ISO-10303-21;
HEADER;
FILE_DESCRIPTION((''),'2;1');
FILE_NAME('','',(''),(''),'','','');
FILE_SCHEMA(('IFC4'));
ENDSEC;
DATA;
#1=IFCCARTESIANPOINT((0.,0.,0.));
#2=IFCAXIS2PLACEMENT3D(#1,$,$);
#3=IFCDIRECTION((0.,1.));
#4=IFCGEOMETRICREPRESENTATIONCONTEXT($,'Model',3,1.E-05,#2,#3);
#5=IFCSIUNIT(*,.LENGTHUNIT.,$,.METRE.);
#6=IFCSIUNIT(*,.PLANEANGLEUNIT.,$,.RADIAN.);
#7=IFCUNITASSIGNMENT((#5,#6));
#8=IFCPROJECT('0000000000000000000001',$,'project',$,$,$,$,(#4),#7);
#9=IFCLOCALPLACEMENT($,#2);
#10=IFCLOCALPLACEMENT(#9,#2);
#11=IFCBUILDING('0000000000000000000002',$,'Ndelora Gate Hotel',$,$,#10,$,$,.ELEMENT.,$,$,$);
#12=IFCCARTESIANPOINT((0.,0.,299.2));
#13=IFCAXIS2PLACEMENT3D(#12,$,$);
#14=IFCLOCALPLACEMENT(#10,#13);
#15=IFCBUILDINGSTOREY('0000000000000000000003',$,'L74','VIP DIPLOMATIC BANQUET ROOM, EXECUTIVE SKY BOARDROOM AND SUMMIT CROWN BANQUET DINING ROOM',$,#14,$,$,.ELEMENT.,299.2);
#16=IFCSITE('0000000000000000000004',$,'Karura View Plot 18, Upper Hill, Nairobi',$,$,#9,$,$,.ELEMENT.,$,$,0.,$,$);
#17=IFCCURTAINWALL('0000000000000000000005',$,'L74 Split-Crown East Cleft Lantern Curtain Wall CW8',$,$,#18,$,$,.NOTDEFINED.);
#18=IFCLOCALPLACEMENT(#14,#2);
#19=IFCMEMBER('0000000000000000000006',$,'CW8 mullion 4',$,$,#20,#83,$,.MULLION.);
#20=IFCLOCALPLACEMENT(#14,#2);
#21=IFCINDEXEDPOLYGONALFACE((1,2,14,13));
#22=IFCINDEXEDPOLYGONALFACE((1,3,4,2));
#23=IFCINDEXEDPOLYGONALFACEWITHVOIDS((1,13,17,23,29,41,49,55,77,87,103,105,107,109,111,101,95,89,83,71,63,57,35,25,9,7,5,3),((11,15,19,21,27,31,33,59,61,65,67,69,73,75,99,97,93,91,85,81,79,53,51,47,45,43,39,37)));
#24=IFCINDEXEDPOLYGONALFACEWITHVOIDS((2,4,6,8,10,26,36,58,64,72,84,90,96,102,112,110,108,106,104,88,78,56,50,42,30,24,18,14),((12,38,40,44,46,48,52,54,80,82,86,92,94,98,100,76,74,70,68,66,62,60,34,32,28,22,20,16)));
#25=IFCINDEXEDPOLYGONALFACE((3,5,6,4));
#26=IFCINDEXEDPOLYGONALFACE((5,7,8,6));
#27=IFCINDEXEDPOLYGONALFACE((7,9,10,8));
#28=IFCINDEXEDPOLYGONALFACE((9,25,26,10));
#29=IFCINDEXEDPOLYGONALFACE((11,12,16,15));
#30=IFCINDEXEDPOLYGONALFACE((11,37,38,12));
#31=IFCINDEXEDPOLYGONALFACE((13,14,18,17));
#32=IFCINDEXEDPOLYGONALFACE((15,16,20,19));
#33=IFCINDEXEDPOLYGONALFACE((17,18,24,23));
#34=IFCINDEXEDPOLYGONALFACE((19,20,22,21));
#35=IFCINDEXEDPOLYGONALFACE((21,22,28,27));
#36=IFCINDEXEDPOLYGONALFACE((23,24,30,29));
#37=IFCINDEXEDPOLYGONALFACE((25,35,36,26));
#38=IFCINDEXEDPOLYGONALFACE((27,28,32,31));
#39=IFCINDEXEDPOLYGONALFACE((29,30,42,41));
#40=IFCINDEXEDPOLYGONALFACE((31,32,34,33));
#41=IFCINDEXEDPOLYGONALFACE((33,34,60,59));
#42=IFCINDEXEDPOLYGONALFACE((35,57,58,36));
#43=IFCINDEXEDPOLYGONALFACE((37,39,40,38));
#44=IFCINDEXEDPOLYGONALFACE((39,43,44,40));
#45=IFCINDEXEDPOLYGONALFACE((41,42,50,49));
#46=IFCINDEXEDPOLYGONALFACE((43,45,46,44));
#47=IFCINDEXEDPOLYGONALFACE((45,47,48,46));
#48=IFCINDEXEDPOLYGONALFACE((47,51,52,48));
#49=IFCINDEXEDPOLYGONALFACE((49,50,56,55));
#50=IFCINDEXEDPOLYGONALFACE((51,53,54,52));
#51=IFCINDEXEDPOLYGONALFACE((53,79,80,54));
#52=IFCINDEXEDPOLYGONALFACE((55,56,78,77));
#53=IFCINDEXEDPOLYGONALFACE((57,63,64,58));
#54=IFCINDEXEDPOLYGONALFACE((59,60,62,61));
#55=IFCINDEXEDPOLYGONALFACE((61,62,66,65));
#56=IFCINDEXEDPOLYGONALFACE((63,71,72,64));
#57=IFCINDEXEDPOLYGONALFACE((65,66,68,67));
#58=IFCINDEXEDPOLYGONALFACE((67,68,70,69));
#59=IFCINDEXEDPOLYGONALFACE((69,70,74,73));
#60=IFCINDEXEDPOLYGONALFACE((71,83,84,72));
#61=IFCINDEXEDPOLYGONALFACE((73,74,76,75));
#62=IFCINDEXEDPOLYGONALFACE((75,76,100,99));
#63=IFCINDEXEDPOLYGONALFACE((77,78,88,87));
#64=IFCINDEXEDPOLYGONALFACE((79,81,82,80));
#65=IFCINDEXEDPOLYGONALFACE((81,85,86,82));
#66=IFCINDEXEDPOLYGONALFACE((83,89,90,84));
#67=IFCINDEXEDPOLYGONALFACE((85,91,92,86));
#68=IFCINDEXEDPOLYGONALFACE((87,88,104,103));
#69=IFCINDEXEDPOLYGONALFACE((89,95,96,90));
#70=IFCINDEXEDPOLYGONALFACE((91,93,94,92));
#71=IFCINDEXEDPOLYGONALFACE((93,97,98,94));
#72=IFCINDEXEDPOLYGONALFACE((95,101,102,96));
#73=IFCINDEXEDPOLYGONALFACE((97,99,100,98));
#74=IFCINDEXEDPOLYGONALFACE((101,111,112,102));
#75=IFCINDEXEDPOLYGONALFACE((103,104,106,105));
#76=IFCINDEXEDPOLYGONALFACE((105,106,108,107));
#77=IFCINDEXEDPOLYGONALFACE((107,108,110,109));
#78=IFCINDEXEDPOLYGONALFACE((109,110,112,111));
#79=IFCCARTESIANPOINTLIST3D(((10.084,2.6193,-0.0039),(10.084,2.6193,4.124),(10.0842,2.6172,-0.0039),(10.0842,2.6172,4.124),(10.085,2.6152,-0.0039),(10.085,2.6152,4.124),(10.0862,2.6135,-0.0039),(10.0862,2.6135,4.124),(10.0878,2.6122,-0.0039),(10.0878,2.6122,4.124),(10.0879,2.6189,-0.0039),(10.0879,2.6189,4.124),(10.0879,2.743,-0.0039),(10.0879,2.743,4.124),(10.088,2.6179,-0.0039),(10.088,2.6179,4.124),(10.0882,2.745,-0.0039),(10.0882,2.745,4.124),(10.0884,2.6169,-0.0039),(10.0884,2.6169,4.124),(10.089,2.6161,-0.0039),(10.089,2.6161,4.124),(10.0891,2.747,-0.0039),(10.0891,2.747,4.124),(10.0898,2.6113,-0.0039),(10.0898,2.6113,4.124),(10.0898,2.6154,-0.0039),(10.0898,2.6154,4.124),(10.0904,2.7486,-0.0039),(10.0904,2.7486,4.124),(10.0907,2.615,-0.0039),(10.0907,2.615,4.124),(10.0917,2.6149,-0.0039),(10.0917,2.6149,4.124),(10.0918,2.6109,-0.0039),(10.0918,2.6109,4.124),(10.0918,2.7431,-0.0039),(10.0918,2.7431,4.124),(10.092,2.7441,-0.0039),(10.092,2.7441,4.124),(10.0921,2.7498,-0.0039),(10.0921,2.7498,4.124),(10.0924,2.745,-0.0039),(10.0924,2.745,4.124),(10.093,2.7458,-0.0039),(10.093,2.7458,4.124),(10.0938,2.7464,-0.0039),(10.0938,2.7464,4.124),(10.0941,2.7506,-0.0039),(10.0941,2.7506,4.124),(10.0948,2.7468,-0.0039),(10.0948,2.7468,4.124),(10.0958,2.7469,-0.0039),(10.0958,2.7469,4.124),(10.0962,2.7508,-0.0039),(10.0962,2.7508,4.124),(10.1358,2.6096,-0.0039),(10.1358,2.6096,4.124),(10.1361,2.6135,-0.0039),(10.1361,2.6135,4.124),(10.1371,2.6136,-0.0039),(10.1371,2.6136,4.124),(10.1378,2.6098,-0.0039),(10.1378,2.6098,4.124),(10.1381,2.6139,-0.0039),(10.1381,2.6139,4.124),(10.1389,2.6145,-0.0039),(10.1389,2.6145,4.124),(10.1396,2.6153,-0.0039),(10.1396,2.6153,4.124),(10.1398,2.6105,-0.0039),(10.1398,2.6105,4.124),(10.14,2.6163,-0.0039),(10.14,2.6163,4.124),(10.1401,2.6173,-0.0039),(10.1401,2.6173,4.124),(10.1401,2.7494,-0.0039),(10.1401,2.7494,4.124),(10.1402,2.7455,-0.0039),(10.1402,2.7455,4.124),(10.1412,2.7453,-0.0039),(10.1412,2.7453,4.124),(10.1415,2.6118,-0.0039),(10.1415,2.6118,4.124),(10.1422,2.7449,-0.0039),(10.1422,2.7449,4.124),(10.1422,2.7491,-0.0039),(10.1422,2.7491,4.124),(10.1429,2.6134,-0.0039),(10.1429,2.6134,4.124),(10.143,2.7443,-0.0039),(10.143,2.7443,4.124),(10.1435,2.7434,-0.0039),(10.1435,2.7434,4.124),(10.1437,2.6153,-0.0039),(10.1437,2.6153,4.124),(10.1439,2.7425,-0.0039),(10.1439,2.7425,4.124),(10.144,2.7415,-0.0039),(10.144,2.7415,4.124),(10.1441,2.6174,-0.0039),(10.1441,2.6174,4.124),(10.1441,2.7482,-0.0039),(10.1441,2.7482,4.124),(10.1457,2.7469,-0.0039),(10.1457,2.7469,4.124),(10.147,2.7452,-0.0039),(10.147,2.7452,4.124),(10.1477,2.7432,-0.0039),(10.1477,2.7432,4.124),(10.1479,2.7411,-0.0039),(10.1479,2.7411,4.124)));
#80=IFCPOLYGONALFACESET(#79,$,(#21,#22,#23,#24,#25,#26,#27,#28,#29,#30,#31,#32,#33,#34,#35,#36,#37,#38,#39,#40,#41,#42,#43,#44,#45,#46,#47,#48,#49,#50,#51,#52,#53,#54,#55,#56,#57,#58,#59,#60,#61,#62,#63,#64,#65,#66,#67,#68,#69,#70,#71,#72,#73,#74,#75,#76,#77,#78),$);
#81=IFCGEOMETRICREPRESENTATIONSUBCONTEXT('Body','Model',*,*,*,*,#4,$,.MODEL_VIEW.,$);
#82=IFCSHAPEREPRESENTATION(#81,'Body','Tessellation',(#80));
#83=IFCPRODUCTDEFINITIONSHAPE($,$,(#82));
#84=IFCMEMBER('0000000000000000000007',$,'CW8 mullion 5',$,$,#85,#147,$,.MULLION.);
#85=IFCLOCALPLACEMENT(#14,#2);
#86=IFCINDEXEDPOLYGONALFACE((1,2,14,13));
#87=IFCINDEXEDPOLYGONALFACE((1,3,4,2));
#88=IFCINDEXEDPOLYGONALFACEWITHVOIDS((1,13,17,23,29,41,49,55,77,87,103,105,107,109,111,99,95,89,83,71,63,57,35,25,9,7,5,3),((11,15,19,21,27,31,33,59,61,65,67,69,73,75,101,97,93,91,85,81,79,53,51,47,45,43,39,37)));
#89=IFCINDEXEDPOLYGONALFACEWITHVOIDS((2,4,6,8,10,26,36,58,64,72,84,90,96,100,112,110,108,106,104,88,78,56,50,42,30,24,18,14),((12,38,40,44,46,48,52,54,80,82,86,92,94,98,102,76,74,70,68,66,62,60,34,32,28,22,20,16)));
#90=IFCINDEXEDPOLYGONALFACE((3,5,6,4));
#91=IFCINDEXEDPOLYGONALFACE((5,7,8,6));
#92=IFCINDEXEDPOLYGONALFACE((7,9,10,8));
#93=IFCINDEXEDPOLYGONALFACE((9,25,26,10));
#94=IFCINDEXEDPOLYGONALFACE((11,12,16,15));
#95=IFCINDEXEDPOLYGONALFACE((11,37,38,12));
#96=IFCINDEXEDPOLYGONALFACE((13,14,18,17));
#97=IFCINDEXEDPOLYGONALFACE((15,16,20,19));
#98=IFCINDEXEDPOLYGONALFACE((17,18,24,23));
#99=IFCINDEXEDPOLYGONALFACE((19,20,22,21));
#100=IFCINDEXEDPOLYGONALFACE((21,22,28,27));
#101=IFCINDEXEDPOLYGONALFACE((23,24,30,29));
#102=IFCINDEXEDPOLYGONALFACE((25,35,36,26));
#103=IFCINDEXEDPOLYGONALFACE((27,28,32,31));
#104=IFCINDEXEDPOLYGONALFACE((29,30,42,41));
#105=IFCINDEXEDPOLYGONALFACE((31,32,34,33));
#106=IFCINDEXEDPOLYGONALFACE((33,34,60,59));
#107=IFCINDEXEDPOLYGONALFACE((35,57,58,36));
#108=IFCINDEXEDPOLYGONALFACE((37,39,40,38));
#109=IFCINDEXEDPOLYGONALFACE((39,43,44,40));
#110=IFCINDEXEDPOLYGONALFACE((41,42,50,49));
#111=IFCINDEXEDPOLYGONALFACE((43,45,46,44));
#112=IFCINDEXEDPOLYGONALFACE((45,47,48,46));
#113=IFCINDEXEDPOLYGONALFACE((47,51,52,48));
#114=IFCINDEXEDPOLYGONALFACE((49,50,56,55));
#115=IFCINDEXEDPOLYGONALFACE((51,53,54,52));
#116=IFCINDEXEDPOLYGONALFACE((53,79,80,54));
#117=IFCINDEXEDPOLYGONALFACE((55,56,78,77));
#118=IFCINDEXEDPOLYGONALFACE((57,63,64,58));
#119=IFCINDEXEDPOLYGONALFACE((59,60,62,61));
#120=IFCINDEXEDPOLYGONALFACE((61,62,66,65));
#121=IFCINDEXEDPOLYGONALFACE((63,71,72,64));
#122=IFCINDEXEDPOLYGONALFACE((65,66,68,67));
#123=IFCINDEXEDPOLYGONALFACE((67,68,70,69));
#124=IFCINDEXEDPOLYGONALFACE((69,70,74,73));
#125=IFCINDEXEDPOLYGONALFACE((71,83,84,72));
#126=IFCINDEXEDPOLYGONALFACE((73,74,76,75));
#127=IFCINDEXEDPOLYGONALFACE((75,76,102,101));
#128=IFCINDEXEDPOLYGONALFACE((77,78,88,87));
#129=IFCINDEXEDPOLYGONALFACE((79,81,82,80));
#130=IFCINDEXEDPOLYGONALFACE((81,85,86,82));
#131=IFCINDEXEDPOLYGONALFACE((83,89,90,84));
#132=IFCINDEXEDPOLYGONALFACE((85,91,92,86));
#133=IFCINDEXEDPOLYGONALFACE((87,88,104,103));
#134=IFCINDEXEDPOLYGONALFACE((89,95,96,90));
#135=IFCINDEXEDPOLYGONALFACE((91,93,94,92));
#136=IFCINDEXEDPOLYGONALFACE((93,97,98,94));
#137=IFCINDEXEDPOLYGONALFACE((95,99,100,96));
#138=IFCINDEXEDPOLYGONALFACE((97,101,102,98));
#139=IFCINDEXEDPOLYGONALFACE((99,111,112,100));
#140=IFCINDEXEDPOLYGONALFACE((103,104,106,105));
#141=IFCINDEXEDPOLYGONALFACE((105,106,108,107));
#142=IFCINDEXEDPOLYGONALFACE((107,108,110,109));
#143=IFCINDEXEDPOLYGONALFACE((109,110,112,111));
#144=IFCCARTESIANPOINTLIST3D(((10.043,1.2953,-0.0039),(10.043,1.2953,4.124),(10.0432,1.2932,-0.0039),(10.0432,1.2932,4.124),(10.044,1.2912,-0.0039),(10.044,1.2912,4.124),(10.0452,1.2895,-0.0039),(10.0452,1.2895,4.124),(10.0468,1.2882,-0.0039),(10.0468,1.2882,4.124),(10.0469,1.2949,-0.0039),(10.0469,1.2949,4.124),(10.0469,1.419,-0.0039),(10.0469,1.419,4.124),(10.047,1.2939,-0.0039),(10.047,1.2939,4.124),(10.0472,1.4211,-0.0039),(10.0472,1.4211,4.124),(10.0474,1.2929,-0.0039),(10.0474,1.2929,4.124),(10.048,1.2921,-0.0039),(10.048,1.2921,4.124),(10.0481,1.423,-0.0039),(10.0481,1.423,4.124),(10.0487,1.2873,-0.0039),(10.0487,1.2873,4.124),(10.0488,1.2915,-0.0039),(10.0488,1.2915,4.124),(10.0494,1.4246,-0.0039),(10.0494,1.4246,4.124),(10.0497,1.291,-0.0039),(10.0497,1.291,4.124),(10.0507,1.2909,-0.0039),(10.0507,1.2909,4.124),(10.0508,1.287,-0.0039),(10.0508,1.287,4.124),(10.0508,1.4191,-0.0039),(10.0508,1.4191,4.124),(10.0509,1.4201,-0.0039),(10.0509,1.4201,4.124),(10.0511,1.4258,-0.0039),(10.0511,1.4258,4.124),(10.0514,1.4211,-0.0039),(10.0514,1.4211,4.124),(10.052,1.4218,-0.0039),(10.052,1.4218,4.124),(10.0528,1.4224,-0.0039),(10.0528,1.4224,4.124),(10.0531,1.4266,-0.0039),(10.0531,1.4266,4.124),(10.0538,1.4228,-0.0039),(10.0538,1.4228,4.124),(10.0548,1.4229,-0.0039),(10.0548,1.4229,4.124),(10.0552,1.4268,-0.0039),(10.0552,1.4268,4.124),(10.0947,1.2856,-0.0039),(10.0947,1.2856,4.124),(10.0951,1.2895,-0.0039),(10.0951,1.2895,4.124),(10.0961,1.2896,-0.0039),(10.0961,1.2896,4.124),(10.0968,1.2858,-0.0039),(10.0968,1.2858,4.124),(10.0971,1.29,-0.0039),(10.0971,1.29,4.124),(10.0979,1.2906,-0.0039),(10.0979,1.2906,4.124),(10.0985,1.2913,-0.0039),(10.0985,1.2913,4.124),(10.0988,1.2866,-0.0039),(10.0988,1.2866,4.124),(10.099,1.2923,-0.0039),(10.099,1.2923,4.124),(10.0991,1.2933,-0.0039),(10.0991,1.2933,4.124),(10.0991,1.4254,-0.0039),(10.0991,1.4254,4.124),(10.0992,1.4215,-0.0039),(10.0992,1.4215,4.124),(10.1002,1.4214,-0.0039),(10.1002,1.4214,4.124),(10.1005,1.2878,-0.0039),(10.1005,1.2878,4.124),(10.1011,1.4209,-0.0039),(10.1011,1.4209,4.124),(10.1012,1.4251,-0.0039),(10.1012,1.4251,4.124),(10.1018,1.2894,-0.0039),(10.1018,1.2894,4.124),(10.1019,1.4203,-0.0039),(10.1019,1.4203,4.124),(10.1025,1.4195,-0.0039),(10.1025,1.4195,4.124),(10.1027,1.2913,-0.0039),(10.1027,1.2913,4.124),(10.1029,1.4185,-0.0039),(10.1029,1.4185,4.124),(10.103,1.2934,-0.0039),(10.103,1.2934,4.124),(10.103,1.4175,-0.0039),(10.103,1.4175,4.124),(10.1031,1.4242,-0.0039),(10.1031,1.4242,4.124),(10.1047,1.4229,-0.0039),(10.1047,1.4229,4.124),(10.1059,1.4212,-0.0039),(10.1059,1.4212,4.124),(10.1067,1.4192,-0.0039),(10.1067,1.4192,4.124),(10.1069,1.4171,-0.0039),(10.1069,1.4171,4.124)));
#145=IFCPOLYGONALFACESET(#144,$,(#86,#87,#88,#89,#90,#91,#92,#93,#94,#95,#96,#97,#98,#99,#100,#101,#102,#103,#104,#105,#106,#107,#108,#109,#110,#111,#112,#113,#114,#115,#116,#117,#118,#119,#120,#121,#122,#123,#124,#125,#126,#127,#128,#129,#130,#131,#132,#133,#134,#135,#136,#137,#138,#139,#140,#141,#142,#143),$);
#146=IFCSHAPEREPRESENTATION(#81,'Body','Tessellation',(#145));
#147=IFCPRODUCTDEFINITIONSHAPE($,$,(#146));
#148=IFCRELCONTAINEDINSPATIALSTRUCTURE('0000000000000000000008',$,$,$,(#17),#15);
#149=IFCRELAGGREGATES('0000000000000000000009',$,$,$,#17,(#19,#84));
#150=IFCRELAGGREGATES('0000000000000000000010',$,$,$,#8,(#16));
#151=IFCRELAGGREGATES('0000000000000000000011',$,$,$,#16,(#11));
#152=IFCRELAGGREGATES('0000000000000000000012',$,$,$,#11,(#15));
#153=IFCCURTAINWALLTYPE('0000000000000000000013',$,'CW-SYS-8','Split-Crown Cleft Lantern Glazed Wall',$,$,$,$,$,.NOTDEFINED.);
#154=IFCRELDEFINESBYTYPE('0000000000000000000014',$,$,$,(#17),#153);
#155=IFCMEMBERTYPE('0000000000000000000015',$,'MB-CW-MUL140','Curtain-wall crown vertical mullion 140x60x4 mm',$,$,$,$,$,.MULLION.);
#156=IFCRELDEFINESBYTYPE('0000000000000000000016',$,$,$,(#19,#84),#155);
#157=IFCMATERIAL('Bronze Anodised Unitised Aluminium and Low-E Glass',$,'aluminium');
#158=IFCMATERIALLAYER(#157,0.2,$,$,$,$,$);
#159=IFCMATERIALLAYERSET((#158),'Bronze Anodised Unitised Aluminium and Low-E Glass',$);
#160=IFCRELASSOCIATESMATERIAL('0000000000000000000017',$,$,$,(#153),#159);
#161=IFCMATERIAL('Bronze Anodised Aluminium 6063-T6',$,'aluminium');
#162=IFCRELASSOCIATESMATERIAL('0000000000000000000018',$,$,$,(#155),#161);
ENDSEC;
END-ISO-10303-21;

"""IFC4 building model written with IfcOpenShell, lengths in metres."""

from ifc_helpers import new_model, si_unit, direction, frame, origin, origin_2d, place, context, subcontext, project, spatial, hollow_rectangle, extrude, material, layer, layer_set, material_profile, profile_set, type_object, element, aggregate, save


model = new_model("IFC4")

# Units and contexts
model_context = context("Model", 3, precision=1e-05, world=origin(), true_north=direction((0.0, 1.0)))
body_context = subcontext(model_context, "Body", "Model", "MODEL_VIEW")
ifc_project = project(units=[si_unit("LENGTHUNIT", "METRE"), si_unit("PLANEANGLEUNIT", "RADIAN")], contexts=[model_context])

# Site, building, storey
site_placement = place(None, origin())
site = spatial("IfcSite", under=ifc_project, at=site_placement, Name="Karura View Plot 18, Upper Hill, Nairobi", CompositionType="ELEMENT", RefElevation=0.0)
building_placement = place(site_placement, origin())
building = spatial("IfcBuilding", under=site, at=building_placement, Name="Ndelora Gate Hotel", CompositionType="ELEMENT")
storey_placement = place(building_placement, frame((0.0, 0.0, 299.2)))
storey = spatial("IfcBuildingStorey", under=building, at=storey_placement, Name="L74", Description="VIP DIPLOMATIC BANQUET ROOM, EXECUTIVE SKY BOARDROOM AND SUMMIT CROWN BANQUET DINING ROOM", CompositionType="ELEMENT", Elevation=299.2)

# Curtain wall, members
ifc_material_1 = material(Name="Bronze Anodised Unitised Aluminium and Low-E Glass", Category="aluminium")
ifc_layer_1 = layer(ifc_material_1, 0.2)
ifc_layer_set_1 = layer_set([ifc_layer_1], Name="Bronze Anodised Unitised Aluminium and Low-E Glass")
curtain_wall_type = type_object("IfcCurtainWallType", Name="CW-SYS-8", Description="Split-Crown Cleft Lantern Glazed Wall", PredefinedType="NOTDEFINED", material=ifc_layer_set_1)
curtain_wall_placement = place(storey_placement, origin())
curtain_wall = element("IfcCurtainWall", 1, at=curtain_wall_placement, inside=storey, type_object=curtain_wall_type, Name="L74 Split-Crown East Cleft Lantern Curtain Wall CW8", PredefinedType="NOTDEFINED")
ifc_material_2 = material(Name="Bronze Anodised Aluminium 6063-T6", Category="aluminium")
ifc_material_profile_1 = material_profile(ifc_material_2, hollow_rectangle(XDim=0.0601, YDim=0.1399, WallThickness=0.0039, InnerFilletRadius=0.0039, OuterFilletRadius=0.0081, at=origin_2d()), Name="ALU 140x60x4")
ifc_profile_set_1 = profile_set([ifc_material_profile_1], Name="Bronze Anodised Aluminium 6063-T6")
member_type_1 = type_object("IfcMemberType", Name="MB-CW-MUL140", Description="Curtain-wall crown vertical mullion 140x60x4 mm", PredefinedType="MULLION", material=ifc_profile_set_1)
member_1_placement = place(storey_placement, frame((10.116, 2.6802, -0.0039), z_axis=(0.0, 0.0, 1.0), x_axis=(0.999515, -0.031131, 0.0)))
member_1 = element("IfcMember", 2, at=member_1_placement, type_object=member_type_1, Name="CW8 mullion 4", PredefinedType="MULLION", context=body_context, shape_type="SweptSolid", body=[
    extrude(hollow_rectangle(XDim=0.0601, YDim=0.1399, WallThickness=0.0039, InnerFilletRadius=0.0039, OuterFilletRadius=0.0081, at=origin_2d()), origin(), (0.0, 0.0, 1.0), 4.1279),
])
member_2_placement = place(storey_placement, frame((10.075, 1.3562, -0.0039), z_axis=(0.0, 0.0, 1.0), x_axis=(0.999515, -0.031131, 0.0)))
member_2 = element("IfcMember", 3, at=member_2_placement, type_object=member_type_1, Name="CW8 mullion 5", PredefinedType="MULLION", context=body_context, shape_type="SweptSolid", body=[
    extrude(hollow_rectangle(XDim=0.0601, YDim=0.1399, WallThickness=0.0039, InnerFilletRadius=0.0039, OuterFilletRadius=0.0081, at=origin_2d()), origin(), (0.0, 0.0, 1.0), 4.1279),
])
aggregate(curtain_wall, [member_1, member_2])

save(model, "model.ifc")
